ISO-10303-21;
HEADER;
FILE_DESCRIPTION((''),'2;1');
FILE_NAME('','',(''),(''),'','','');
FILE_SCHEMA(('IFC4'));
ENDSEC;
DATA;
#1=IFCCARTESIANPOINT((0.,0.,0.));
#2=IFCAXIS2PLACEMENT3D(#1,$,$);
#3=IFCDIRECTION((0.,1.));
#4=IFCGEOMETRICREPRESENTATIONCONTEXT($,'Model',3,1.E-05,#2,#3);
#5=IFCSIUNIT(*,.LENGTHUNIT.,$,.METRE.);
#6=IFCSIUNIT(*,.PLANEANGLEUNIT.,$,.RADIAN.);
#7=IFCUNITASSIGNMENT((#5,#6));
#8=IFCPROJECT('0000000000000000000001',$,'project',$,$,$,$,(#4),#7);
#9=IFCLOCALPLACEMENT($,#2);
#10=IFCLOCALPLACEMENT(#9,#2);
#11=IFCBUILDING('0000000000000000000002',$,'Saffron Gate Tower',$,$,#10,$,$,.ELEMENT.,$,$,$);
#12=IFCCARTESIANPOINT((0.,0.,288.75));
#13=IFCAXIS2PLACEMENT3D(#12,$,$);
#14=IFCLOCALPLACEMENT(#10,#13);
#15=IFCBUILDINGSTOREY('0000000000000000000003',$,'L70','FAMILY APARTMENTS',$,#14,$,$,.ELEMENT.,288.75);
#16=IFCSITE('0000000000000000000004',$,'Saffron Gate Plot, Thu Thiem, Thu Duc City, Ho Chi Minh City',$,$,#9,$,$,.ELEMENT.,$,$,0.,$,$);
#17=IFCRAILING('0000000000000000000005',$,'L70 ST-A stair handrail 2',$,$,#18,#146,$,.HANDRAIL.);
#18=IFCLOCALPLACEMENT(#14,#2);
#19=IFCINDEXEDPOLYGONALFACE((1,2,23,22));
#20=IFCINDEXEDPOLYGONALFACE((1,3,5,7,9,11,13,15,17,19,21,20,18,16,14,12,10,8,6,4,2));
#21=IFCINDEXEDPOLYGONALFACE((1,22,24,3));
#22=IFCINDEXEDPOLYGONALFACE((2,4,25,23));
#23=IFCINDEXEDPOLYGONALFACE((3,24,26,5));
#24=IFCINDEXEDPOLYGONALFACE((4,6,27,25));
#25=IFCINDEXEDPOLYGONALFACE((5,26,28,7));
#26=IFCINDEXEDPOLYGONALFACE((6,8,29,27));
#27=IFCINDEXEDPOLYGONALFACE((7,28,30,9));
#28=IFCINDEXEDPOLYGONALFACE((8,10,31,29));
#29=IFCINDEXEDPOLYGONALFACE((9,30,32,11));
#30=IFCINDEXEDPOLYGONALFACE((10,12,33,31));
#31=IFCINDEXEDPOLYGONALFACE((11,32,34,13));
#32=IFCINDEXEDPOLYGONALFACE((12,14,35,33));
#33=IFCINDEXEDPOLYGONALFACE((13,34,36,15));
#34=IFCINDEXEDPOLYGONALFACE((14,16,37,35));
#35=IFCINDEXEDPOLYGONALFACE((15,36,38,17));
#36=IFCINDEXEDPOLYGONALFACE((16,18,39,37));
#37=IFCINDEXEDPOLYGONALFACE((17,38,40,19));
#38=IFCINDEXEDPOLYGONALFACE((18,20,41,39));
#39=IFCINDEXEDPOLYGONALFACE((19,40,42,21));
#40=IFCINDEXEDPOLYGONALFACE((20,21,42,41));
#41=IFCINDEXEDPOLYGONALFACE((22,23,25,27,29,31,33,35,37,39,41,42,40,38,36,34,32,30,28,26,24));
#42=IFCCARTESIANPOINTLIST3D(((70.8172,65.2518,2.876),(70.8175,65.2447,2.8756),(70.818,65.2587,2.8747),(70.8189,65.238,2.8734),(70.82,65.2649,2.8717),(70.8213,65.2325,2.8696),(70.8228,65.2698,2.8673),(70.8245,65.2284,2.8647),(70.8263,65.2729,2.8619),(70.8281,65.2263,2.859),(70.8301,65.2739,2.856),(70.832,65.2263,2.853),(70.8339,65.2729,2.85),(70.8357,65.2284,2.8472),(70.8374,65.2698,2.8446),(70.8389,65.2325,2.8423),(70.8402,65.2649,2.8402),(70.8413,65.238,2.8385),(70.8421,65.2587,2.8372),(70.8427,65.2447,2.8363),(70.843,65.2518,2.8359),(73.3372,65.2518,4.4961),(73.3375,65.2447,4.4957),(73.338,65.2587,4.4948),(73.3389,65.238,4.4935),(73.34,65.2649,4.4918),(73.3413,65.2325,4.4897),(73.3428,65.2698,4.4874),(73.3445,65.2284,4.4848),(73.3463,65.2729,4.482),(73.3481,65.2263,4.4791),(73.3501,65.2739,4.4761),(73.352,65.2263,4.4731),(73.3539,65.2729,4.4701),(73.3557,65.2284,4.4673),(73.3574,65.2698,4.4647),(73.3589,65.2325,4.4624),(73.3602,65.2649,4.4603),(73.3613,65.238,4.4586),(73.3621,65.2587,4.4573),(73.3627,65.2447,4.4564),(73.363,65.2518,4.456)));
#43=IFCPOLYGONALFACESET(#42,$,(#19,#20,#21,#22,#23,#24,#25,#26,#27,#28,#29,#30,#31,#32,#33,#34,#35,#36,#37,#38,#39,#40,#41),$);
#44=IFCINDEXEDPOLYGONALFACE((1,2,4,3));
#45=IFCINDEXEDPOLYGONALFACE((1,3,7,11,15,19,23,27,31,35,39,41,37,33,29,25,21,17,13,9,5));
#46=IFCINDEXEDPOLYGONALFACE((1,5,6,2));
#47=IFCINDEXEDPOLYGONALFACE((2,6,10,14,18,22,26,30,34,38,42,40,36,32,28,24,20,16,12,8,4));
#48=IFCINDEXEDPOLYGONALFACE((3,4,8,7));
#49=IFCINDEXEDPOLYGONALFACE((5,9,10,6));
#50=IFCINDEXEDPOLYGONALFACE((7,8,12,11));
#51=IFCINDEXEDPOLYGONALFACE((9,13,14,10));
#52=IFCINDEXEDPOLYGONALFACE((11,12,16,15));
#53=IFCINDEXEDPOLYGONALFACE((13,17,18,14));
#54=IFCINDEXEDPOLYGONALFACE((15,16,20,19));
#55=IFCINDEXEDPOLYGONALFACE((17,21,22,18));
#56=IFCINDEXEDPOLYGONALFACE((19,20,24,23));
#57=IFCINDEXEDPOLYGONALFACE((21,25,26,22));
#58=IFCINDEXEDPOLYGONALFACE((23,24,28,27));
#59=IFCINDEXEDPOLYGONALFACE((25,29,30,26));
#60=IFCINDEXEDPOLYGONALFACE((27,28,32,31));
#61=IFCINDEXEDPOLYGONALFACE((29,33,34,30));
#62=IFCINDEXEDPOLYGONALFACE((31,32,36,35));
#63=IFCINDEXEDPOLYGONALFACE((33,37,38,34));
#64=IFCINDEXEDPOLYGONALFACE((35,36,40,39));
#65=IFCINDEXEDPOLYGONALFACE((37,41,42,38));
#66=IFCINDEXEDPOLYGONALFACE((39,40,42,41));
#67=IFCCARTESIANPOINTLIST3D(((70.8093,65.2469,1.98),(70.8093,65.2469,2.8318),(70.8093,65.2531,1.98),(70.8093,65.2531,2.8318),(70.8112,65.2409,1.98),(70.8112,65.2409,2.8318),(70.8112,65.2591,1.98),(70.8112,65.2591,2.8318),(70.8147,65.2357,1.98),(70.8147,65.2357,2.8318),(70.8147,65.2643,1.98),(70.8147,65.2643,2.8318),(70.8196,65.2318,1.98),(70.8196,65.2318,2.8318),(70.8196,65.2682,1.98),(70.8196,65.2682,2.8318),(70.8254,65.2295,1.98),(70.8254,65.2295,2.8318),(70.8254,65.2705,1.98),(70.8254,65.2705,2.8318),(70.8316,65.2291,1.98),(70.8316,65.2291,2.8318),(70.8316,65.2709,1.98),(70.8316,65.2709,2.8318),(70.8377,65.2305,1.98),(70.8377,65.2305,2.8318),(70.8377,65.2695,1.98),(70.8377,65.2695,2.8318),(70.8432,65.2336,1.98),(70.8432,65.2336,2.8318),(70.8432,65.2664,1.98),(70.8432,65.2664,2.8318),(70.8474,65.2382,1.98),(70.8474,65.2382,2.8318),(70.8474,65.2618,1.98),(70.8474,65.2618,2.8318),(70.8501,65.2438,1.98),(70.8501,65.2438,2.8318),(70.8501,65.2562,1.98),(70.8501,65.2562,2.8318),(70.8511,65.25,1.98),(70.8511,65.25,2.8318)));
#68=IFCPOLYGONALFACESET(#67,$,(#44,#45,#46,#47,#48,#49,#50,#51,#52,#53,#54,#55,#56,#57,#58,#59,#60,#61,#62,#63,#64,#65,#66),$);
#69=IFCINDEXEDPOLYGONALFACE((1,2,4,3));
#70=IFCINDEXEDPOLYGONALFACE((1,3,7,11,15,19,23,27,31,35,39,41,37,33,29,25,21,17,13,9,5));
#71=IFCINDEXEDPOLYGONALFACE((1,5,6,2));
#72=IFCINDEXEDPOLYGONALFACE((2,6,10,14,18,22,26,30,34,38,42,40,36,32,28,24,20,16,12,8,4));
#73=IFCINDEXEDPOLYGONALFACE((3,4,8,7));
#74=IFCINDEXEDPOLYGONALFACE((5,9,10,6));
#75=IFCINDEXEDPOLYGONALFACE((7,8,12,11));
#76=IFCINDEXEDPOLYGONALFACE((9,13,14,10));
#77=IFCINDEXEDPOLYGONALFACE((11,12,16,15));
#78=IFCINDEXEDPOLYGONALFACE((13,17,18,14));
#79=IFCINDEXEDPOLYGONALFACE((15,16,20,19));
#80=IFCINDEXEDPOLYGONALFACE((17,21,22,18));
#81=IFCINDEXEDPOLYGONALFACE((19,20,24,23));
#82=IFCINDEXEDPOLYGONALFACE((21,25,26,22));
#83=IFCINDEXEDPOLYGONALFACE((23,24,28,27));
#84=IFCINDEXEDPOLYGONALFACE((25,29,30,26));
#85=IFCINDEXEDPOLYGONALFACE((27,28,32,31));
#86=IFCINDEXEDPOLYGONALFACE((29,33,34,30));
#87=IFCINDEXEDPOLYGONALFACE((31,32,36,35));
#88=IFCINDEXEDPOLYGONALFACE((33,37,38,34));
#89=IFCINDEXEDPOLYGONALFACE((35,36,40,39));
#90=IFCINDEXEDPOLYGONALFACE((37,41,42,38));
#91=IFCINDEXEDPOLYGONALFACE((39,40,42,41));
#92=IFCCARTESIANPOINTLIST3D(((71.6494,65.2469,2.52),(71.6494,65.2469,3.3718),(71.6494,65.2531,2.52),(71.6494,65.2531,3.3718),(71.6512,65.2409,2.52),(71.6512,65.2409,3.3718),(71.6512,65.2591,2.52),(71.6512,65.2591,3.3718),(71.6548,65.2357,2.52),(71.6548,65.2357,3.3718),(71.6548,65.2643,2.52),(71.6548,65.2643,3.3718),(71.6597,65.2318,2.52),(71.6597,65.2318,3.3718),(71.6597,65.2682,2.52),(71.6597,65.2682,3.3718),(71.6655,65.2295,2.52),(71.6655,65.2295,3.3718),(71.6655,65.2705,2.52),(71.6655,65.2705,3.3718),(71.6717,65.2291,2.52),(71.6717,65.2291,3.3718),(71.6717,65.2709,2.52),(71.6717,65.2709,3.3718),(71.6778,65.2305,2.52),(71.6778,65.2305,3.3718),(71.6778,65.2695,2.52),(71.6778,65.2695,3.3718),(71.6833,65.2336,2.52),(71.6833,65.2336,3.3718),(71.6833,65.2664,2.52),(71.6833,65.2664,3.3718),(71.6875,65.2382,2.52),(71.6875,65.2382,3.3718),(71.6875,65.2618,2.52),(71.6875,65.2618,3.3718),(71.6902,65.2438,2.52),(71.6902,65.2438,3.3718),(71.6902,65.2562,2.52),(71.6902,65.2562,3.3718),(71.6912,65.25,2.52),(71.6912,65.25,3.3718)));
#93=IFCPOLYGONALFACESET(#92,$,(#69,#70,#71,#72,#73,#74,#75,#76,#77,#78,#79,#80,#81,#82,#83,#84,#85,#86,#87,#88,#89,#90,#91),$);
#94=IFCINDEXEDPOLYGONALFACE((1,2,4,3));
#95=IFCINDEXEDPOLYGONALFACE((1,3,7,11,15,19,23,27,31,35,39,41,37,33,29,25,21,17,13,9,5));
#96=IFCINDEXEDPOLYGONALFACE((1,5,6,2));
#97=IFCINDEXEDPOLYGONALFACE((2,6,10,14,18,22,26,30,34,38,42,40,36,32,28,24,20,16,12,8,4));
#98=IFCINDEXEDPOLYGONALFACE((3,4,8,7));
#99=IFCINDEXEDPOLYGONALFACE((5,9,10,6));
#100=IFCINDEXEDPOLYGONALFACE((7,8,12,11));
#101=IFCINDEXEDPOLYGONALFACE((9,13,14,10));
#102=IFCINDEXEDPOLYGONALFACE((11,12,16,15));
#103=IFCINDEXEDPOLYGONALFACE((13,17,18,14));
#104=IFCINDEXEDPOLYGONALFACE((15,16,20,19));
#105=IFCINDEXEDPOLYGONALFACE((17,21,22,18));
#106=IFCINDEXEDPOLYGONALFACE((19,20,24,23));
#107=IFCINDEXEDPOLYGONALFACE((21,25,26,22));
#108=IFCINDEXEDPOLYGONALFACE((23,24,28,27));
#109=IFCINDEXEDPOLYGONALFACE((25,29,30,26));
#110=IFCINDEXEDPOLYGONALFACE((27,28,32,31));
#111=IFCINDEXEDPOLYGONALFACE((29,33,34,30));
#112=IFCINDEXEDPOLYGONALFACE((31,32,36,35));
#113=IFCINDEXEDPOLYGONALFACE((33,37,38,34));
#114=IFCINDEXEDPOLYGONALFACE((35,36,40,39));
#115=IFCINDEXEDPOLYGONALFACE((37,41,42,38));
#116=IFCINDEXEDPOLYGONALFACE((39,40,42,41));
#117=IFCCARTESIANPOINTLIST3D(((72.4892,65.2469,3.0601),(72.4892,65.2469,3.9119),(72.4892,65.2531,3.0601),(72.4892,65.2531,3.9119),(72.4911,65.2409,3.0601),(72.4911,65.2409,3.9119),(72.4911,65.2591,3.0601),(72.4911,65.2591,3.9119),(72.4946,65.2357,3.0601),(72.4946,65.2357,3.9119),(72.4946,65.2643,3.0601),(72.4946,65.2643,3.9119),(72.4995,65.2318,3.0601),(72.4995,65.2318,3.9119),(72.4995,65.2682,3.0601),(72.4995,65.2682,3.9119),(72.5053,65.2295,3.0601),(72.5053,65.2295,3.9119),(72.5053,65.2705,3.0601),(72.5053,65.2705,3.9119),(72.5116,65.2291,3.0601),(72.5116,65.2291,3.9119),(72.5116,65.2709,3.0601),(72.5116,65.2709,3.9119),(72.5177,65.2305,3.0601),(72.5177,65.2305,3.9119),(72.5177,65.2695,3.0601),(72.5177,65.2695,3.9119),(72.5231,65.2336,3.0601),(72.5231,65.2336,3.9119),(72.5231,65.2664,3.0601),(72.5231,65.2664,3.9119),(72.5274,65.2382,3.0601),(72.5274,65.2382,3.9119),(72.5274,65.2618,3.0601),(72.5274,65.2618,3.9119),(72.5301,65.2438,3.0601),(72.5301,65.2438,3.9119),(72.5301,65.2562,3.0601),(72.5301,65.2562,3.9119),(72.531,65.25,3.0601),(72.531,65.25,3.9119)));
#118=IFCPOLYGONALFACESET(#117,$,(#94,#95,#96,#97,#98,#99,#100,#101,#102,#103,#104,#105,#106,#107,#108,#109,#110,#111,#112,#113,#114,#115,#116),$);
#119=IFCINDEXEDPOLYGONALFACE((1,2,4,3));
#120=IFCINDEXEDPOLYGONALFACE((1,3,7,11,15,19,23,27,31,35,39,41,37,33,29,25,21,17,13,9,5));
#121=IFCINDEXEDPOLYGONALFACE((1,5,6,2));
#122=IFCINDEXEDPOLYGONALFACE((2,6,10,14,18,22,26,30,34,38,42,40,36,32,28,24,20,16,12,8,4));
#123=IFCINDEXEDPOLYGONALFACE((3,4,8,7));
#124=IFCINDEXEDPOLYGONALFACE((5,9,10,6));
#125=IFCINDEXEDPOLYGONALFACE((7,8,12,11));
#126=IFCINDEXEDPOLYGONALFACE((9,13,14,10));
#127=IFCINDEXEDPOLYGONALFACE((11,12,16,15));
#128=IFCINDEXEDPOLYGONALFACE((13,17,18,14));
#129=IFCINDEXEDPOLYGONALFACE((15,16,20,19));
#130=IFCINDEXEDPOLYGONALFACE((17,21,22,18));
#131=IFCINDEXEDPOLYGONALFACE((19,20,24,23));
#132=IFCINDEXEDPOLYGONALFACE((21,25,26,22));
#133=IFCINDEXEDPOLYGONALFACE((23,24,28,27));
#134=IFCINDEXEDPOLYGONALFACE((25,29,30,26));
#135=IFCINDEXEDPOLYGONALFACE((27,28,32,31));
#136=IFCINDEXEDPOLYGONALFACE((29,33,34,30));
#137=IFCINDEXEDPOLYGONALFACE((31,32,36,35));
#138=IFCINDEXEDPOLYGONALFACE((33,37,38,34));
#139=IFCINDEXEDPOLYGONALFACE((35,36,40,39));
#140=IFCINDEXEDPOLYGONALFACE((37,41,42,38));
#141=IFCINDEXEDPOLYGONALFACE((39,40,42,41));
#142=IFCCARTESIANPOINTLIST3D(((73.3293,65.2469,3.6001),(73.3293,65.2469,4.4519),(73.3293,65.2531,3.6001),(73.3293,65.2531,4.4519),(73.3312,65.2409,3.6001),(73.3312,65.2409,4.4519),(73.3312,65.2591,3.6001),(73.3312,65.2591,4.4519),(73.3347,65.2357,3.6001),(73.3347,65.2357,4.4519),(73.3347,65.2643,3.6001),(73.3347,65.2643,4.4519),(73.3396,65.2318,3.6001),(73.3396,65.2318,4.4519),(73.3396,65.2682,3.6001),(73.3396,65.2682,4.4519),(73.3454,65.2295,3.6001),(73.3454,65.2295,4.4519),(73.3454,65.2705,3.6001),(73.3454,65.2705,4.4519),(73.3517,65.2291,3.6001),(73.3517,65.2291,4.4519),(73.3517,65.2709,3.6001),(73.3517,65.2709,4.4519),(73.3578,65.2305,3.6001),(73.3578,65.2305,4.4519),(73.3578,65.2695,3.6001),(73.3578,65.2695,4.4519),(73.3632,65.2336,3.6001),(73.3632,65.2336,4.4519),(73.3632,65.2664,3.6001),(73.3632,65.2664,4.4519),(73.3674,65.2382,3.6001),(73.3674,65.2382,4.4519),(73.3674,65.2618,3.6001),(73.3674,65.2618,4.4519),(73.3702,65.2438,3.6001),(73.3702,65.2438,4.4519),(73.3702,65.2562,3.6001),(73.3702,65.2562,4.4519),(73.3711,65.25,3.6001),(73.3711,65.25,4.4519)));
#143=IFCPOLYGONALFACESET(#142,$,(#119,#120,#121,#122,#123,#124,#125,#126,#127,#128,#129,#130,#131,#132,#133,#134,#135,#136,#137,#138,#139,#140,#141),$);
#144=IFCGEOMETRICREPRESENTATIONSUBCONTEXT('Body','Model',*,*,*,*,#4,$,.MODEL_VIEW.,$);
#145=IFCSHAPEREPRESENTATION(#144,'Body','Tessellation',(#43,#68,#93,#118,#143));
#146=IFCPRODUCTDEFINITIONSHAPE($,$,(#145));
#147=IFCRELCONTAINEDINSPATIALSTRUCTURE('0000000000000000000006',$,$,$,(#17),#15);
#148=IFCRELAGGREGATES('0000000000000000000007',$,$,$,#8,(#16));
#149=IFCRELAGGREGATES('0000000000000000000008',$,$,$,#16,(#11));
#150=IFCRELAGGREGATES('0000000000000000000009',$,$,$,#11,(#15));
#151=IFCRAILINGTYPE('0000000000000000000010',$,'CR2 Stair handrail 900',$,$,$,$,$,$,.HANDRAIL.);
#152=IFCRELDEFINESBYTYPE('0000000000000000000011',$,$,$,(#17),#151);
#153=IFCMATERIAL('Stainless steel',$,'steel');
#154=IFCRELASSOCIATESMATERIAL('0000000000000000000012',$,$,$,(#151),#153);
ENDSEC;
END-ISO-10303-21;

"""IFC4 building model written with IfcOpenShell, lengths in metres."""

from ifc_helpers import new_model, si_unit, direction, frame, origin, origin_2d, place, context, subcontext, project, spatial, circle, extrude, material, type_object, element, save


model = new_model("IFC4")

# Units and contexts
model_context = context("Model", 3, precision=1e-05, world=origin(), true_north=direction((0.0, 1.0)))
body_context = subcontext(model_context, "Body", "Model", "MODEL_VIEW")
ifc_project = project(units=[si_unit("LENGTHUNIT", "METRE"), si_unit("PLANEANGLEUNIT", "RADIAN")], contexts=[model_context])

# Site, building, storey
site_placement = place(None, origin())
site = spatial("IfcSite", under=ifc_project, at=site_placement, Name="Saffron Gate Plot, Thu Thiem, Thu Duc City, Ho Chi Minh City", CompositionType="ELEMENT", RefElevation=0.0)
building_placement = place(site_placement, origin())
building = spatial("IfcBuilding", under=site, at=building_placement, Name="Saffron Gate Tower", CompositionType="ELEMENT")
storey_placement = place(building_placement, frame((0.0, 0.0, 288.75)))
storey = spatial("IfcBuildingStorey", under=building, at=storey_placement, Name="L70", Description="FAMILY APARTMENTS", CompositionType="ELEMENT", Elevation=288.75)

# Railing
ifc_material_1 = material(Name="Stainless steel", Category="steel")
railing_type = type_object("IfcRailingType", Name="CR2 Stair handrail 900", PredefinedType="HANDRAIL", material=ifc_material_1)
railing_placement = place(storey_placement, frame((70.8301, 65.25, 1.98)))
element("IfcRailing", 1, at=railing_placement, inside=storey, type_object=railing_type, Name="L70 ST-A stair handrail 2", PredefinedType="HANDRAIL", context=body_context, shape_type="SweptSolid", body=[
    extrude(circle(Radius=0.0239, at=origin_2d()), frame((0.0, 0.0, 0.876), z_axis=(0.841163, 0.0, 0.540782), x_axis=(0.0, 1.0, 0.0)), (0.0, 0.0, 1.0), 2.9958),
    extrude(circle(Radius=0.021, at=origin_2d()), origin(), (0.0, 0.0, 1.0), 0.8518),
    extrude(circle(Radius=0.021, at=origin_2d()), frame((0.8401, 0.0, 0.54)), (0.0, 0.0, 1.0), 0.8518),
    extrude(circle(Radius=0.021, at=origin_2d()), frame((1.6799, 0.0, 1.0801)), (0.0, 0.0, 1.0), 0.8518),
    extrude(circle(Radius=0.021, at=origin_2d()), frame((2.52, 0.0, 1.6201)), (0.0, 0.0, 1.0), 0.8518),
])

save(model, "model.ifc")
